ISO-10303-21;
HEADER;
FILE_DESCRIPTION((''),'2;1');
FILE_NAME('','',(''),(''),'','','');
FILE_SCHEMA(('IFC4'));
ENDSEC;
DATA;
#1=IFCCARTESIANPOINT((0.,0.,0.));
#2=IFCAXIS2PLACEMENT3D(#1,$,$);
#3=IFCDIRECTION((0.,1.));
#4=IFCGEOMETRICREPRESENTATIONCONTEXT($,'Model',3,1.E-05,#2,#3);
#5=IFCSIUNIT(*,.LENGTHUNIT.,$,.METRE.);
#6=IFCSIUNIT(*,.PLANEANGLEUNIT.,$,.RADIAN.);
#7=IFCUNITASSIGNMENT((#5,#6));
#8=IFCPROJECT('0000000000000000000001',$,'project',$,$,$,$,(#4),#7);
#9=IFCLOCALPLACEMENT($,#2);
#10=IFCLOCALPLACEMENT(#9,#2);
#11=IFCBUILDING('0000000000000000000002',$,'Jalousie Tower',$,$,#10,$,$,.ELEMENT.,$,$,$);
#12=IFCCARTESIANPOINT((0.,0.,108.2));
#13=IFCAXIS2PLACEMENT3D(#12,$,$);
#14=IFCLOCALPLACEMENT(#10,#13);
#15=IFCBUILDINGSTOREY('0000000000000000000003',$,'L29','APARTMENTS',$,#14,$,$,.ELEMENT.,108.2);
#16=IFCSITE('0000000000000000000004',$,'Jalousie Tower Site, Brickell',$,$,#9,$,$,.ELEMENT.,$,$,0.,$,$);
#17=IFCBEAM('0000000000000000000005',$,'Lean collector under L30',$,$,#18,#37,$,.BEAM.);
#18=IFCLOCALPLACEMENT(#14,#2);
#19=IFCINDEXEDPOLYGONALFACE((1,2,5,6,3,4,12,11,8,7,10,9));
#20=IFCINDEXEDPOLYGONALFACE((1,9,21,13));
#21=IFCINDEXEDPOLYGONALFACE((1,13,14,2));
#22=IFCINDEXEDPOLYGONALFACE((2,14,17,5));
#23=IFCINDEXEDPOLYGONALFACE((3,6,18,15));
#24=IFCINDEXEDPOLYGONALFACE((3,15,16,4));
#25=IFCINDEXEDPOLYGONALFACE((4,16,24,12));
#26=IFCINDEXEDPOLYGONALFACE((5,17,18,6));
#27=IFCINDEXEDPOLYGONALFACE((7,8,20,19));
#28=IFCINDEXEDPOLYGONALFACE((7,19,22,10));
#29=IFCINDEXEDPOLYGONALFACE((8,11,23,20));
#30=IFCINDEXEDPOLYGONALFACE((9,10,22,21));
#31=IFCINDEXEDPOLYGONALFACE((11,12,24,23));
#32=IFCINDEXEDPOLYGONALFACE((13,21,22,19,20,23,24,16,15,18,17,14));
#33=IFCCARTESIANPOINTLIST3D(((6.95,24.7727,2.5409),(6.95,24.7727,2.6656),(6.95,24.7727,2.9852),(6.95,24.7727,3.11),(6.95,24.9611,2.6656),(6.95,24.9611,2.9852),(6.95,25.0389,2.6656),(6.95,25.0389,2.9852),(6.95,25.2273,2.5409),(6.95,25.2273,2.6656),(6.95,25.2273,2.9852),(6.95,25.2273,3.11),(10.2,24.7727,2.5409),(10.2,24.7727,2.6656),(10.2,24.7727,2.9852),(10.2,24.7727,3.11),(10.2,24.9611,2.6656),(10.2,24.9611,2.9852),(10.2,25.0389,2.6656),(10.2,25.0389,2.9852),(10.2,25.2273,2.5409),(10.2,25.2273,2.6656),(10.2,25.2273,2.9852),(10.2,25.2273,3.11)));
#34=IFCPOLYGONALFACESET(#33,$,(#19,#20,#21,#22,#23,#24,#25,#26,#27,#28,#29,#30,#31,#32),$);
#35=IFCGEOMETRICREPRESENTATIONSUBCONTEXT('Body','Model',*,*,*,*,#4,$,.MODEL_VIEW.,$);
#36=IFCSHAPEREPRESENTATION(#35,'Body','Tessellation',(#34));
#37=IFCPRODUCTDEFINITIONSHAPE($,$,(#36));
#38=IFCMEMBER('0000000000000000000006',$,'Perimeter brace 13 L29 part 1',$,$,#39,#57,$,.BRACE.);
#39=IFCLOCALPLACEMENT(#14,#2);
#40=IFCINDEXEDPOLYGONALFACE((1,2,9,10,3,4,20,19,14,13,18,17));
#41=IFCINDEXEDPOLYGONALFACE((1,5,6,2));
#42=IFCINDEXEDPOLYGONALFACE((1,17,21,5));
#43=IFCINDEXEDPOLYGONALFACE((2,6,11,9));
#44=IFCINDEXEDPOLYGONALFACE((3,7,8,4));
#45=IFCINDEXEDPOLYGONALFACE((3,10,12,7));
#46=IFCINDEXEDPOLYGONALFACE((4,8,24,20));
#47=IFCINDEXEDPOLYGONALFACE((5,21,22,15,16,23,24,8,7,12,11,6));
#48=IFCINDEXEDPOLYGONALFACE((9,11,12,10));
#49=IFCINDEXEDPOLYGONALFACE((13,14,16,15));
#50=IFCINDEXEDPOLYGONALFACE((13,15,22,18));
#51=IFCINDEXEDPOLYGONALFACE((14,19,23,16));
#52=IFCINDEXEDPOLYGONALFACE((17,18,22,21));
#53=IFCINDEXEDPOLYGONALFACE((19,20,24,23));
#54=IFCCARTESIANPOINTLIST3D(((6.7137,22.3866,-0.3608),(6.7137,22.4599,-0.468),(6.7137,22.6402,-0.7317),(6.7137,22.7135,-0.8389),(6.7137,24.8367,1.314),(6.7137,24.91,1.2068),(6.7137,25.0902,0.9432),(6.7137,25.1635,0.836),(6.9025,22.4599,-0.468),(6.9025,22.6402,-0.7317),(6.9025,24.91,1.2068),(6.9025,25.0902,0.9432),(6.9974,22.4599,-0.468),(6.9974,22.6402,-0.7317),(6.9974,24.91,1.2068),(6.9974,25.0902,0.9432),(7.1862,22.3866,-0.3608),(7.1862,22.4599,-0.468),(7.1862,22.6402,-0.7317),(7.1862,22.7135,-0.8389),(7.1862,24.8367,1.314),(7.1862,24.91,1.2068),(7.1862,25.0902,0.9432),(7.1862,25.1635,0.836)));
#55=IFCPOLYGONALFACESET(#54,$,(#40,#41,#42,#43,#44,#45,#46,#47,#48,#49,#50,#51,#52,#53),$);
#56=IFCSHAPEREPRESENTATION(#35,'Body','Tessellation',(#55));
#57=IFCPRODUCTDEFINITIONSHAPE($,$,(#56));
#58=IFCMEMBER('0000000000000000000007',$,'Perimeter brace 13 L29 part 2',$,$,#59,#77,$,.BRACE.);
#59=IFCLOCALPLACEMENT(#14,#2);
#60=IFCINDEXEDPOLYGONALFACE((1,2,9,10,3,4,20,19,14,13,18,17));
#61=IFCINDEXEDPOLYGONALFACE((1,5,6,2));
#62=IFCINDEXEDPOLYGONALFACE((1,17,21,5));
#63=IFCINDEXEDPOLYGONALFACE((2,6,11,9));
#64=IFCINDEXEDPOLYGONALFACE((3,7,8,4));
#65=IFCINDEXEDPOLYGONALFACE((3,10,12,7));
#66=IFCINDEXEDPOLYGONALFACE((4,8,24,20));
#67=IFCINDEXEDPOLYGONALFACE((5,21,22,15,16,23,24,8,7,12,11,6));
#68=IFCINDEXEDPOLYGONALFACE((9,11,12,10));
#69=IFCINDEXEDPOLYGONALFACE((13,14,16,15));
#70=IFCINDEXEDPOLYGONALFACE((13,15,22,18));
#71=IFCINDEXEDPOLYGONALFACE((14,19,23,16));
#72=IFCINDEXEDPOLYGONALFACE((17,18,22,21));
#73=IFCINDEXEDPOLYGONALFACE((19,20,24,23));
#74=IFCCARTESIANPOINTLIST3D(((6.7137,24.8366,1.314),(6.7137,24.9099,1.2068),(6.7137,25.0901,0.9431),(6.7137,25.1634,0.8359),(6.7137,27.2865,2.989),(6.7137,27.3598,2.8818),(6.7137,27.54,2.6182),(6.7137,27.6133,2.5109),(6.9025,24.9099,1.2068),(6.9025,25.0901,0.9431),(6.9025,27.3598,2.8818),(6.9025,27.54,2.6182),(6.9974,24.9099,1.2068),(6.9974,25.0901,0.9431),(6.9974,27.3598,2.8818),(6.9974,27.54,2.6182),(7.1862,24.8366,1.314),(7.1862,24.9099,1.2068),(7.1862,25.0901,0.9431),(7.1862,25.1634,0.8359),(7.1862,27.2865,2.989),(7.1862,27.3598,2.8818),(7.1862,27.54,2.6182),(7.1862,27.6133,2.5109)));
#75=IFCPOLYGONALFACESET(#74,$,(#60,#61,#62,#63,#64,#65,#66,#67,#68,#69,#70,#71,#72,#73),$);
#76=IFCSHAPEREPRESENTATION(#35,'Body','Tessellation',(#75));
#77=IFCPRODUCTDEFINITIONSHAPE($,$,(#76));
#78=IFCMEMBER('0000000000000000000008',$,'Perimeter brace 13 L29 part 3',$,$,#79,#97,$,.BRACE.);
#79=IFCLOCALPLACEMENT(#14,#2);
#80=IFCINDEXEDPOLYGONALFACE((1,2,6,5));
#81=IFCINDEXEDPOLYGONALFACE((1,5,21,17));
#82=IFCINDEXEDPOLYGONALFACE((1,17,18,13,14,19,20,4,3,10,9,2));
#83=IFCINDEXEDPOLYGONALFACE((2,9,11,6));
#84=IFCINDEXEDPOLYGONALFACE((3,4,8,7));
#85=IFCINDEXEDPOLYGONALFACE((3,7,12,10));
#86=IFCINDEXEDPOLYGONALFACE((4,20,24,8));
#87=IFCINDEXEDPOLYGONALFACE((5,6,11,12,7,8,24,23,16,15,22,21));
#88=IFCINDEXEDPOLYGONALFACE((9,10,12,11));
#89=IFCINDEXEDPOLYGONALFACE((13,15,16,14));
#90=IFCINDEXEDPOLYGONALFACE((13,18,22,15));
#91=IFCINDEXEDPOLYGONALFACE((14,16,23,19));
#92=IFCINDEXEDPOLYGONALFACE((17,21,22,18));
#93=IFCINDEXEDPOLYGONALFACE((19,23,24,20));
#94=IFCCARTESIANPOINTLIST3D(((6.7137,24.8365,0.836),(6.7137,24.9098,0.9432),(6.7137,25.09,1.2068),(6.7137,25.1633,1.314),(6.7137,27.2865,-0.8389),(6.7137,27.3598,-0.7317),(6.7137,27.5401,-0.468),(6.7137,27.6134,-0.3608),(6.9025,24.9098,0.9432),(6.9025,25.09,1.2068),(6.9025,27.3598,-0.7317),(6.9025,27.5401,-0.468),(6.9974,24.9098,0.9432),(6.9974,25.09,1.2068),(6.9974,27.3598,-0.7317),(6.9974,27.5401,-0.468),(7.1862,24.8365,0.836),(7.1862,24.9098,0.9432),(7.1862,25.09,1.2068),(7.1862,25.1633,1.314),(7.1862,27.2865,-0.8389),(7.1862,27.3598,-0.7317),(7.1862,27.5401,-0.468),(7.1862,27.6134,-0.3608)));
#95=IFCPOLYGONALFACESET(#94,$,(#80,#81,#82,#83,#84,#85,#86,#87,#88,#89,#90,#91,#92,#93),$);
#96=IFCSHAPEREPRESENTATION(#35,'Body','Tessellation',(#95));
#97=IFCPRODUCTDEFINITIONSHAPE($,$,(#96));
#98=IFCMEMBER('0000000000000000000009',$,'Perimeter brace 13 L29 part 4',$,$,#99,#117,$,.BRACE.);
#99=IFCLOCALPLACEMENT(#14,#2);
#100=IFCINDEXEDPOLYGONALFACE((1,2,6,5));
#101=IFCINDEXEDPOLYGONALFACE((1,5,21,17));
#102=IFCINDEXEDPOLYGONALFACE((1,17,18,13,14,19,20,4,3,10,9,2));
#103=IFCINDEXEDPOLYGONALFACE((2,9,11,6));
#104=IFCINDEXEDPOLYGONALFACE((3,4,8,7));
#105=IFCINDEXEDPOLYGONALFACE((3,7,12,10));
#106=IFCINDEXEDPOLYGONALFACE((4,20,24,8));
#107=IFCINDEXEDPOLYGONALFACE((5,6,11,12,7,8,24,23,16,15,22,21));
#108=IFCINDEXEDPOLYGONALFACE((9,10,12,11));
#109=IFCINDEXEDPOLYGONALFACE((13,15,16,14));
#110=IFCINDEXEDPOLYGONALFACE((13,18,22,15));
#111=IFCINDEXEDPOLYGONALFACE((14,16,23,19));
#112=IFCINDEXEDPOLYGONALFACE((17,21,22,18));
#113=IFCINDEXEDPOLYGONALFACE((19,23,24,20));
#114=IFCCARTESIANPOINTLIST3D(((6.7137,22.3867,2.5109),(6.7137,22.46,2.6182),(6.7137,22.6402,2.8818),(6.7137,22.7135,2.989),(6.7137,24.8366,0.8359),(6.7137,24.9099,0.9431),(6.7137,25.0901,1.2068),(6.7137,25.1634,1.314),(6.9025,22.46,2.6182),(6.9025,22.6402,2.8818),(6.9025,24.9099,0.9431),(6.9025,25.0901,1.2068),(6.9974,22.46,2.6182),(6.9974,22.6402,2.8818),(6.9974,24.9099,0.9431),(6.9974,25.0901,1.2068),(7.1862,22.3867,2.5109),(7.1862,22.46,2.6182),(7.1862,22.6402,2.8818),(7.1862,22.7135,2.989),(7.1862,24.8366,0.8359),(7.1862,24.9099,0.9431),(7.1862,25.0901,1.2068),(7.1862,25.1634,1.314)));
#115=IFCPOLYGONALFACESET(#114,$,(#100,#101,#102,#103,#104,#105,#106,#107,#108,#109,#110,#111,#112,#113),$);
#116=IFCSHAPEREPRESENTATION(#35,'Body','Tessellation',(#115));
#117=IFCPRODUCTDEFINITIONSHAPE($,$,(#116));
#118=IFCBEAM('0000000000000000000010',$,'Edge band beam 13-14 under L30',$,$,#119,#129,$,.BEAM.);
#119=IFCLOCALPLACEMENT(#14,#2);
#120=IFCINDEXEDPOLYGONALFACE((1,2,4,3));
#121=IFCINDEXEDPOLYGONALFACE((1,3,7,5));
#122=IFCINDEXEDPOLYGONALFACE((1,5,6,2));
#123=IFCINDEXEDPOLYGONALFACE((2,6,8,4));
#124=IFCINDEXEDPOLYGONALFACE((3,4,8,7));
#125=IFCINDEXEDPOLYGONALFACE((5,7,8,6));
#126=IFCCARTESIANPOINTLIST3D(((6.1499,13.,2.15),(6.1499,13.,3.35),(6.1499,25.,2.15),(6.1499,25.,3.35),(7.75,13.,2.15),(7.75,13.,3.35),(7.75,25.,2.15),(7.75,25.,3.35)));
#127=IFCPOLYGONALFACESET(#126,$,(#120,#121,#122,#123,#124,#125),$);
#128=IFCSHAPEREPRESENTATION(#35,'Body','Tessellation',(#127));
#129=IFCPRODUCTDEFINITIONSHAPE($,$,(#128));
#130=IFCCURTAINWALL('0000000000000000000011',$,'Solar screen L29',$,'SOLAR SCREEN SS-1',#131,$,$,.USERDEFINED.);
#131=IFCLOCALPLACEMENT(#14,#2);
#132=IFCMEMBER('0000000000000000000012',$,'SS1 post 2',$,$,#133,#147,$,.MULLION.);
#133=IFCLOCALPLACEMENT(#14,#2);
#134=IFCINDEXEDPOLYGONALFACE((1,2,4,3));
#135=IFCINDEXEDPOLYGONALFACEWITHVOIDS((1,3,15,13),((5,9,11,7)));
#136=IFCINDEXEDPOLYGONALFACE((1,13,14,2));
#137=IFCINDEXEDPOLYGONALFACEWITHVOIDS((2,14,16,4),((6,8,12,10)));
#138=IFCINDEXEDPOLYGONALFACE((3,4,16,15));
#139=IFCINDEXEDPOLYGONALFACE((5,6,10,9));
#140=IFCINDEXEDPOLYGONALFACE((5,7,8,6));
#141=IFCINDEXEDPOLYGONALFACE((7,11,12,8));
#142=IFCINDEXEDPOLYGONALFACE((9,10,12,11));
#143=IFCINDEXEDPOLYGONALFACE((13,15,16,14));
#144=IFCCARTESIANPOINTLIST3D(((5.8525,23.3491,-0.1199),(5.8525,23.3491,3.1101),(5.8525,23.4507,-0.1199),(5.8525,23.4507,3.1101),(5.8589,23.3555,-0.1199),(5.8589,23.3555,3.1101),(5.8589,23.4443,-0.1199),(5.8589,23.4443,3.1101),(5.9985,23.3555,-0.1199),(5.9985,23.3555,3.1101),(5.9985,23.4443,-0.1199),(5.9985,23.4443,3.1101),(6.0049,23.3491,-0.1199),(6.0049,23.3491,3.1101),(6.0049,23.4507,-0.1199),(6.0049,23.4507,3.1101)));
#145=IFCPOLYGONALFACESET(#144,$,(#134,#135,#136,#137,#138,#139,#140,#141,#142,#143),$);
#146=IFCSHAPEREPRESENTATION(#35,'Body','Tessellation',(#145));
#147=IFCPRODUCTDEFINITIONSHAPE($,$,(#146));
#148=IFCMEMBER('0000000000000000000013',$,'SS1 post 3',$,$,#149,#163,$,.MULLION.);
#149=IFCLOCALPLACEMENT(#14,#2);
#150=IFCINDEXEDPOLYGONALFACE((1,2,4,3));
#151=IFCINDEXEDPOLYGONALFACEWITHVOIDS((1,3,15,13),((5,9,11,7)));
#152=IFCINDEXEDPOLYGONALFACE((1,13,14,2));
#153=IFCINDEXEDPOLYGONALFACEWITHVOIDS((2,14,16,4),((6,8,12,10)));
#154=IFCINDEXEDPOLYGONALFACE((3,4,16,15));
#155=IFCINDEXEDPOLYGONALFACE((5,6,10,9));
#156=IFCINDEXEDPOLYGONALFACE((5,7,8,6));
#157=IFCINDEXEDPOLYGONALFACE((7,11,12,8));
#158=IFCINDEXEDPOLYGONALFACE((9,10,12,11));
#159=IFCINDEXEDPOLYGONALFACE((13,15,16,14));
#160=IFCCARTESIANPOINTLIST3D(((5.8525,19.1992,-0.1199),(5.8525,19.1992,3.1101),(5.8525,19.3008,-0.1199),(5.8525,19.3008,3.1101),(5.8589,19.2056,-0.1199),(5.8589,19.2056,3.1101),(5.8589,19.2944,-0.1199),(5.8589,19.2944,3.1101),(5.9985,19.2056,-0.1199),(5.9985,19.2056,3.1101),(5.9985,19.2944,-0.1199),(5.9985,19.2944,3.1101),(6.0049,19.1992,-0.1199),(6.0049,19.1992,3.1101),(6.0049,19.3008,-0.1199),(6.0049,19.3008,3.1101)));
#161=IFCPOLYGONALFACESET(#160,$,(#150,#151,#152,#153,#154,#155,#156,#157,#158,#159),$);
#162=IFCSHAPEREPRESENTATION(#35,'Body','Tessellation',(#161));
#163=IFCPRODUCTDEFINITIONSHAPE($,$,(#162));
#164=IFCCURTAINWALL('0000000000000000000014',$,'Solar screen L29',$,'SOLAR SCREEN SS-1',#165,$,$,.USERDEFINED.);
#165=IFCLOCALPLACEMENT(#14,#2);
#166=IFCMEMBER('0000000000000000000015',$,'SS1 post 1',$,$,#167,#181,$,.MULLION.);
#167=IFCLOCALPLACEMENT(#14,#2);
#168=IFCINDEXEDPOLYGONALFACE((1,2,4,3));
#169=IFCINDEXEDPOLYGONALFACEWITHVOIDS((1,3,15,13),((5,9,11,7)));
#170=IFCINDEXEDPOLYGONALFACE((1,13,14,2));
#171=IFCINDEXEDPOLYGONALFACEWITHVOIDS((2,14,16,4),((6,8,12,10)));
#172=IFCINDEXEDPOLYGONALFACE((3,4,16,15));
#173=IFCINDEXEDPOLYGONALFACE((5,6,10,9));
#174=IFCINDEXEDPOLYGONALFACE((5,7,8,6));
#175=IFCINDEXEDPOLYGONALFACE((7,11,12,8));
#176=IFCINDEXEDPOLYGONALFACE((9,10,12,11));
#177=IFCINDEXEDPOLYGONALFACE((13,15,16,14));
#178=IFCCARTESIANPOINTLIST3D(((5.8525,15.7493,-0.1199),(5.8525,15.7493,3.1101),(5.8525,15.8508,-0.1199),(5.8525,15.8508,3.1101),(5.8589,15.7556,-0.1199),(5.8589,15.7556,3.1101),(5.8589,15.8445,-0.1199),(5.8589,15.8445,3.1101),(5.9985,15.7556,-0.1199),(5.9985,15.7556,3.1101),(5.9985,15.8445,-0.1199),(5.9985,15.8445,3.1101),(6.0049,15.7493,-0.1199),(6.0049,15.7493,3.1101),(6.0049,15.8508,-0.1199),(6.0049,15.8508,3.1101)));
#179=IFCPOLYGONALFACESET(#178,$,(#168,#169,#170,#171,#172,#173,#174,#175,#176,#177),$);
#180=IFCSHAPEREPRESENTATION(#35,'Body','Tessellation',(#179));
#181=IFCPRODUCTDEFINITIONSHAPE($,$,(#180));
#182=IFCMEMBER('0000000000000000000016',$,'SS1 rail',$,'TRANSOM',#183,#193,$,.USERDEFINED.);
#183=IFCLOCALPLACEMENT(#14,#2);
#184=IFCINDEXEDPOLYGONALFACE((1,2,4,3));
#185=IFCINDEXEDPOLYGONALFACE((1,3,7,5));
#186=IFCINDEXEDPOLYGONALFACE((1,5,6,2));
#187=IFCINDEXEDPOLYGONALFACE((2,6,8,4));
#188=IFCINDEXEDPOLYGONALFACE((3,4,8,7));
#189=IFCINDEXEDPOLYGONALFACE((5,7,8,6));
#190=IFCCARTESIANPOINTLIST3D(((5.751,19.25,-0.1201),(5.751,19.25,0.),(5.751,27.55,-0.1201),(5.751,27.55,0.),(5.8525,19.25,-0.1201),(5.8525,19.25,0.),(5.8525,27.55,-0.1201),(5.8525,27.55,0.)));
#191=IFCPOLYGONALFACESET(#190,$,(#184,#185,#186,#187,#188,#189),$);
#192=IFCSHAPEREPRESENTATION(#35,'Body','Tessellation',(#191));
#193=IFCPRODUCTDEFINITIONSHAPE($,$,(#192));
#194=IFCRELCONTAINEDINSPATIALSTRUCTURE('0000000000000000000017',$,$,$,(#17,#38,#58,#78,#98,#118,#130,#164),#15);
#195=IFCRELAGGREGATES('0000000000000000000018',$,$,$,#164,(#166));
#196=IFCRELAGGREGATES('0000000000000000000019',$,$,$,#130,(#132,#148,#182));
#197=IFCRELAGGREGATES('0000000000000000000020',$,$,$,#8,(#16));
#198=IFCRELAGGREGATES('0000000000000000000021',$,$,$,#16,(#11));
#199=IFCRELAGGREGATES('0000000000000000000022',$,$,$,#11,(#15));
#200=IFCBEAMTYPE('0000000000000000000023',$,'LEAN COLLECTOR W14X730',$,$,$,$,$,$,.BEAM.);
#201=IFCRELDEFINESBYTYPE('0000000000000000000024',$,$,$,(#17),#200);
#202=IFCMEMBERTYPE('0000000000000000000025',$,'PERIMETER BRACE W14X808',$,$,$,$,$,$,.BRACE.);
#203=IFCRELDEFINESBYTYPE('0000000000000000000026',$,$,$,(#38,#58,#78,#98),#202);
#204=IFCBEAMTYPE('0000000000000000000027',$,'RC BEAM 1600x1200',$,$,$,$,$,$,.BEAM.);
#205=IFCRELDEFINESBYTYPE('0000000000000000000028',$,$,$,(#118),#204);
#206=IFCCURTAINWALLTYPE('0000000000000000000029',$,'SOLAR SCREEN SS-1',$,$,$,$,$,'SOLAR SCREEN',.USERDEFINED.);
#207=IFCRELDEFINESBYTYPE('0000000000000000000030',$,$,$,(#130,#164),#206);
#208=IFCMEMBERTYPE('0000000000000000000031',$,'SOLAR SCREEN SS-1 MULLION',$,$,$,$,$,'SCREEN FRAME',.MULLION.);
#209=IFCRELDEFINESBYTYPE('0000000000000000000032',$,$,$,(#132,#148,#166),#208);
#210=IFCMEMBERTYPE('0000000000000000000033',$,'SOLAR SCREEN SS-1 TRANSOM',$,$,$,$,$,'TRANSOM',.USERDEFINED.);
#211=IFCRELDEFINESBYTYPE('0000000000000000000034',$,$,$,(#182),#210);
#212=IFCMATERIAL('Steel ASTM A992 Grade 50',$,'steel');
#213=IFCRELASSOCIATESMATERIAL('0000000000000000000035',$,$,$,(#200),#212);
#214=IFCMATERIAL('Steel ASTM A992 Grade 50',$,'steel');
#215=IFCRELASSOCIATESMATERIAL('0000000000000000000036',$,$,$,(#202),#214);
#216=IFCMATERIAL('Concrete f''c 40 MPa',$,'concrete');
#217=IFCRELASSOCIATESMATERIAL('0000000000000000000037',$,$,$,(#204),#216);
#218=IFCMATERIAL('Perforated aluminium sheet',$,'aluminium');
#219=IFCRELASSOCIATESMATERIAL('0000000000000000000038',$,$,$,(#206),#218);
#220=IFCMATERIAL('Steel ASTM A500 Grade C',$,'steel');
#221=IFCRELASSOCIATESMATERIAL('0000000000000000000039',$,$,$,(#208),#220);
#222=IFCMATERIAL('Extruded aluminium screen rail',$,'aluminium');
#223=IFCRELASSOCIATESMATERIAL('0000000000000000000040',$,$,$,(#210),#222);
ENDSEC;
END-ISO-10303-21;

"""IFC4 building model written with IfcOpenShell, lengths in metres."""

from ifc_helpers import new_model, si_unit, direction, frame, origin, origin_2d, place, context, subcontext, project, spatial, rectangle, hollow_rectangle, i_section, extrude, material, material_profile, profile_set, type_object, element, aggregate, save


model = new_model("IFC4")

# Units and contexts
model_context = context("Model", 3, precision=1e-05, world=origin(), true_north=direction((0.0, 1.0)))
body_context = subcontext(model_context, "Body", "Model", "MODEL_VIEW")
ifc_project = project(units=[si_unit("LENGTHUNIT", "METRE"), si_unit("PLANEANGLEUNIT", "RADIAN")], contexts=[model_context])

# Site, building, storey
site_placement = place(None, origin())
site = spatial("IfcSite", under=ifc_project, at=site_placement, Name="Jalousie Tower Site, Brickell", CompositionType="ELEMENT", RefElevation=0.0)
building_placement = place(site_placement, origin())
building = spatial("IfcBuilding", under=site, at=building_placement, Name="Jalousie Tower", CompositionType="ELEMENT")
storey_placement = place(building_placement, frame((0.0, 0.0, 108.2)))
storey = spatial("IfcBuildingStorey", under=building, at=storey_placement, Name="L29", Description="APARTMENTS", CompositionType="ELEMENT", Elevation=108.2)

# Beam
ifc_material_1 = material(Name="Steel ASTM A992 Grade 50", Category="steel")
ifc_material_profile_1 = material_profile(ifc_material_1, i_section(OverallWidth=0.4546, OverallDepth=0.5691, WebThickness=0.0779, FlangeThickness=0.1248, at=origin_2d()), Name="W14X730")
ifc_profile_set_1 = profile_set([ifc_material_profile_1], Name="Steel ASTM A992 Grade 50")
beam_type_1 = type_object("IfcBeamType", Name="LEAN COLLECTOR W14X730", PredefinedType="BEAM", material=ifc_profile_set_1)
beam_1_placement = place(storey_placement, frame((6.95, 25.0, 2.8254), z_axis=(1.0, 0.0, 0.0), x_axis=(0.0, 1.0, 0.0)))
element("IfcBeam", 1, at=beam_1_placement, inside=storey, type_object=beam_type_1, Name="Lean collector under L30", PredefinedType="BEAM", context=body_context, shape_type="SweptSolid", body=[
    extrude(i_section(OverallWidth=0.4546, OverallDepth=0.5691, WebThickness=0.0779, FlangeThickness=0.1248, at=origin_2d()), origin(), (0.0, 0.0, 1.0), 3.25),
])

# Members
ifc_material_2 = material(Name="Steel ASTM A992 Grade 50", Category="steel")
ifc_material_profile_2 = material_profile(ifc_material_2, i_section(OverallWidth=0.4724, OverallDepth=0.5791, WebThickness=0.095, FlangeThickness=0.1299, at=origin_2d()), Name="W14X808")
ifc_profile_set_2 = profile_set([ifc_material_profile_2], Name="Steel ASTM A992 Grade 50")
member_type_1 = type_object("IfcMemberType", Name="PERIMETER BRACE W14X808", PredefinedType="BRACE", material=ifc_profile_set_2)
for number, where, z_axis, x_axis, name in (
    (2, (6.95, 22.55, -0.5999), (0.0, 0.825539, 0.564345), (-1.0, 0.0, 0.0), "Perimeter brace 13 L29 part 1"),
    (3, (6.95, 25.0, 1.075), (0.0, 0.825501, 0.564401), (-1.0, 0.0, 0.0), "Perimeter brace 13 L29 part 2"),
    (4, (6.95, 27.45, -0.5999), (0.0, -0.825539, 0.564345), (1.0, 0.0, 0.0), "Perimeter brace 13 L29 part 3"),
    (5, (6.95, 25.0, 1.075), (0.0, -0.825501, 0.564401), (1.0, 0.0, 0.0), "Perimeter brace 13 L29 part 4"),
):
    element("IfcMember", number, at=place(storey_placement, frame(where, z_axis=z_axis, x_axis=x_axis)), inside=storey, type_object=member_type_1, Name=name, PredefinedType="BRACE", context=body_context, shape_type="SweptSolid", body=[
        extrude(i_section(OverallWidth=0.4724, OverallDepth=0.5791, WebThickness=0.095, FlangeThickness=0.1299, at=origin_2d()), origin(), (0.0, 0.0, 1.0), 2.9678),
    ])

# Beam
ifc_material_3 = material(Name="Concrete f'c 40 MPa", Category="concrete")
ifc_material_profile_3 = material_profile(ifc_material_3, rectangle(XDim=1.6001, YDim=1.2, at=origin_2d()), Name="RC 1600x1200")
ifc_profile_set_3 = profile_set([ifc_material_profile_3], Name="Concrete f'c 40 MPa")
beam_type_2 = type_object("IfcBeamType", Name="RC BEAM 1600x1200", PredefinedType="BEAM", material=ifc_profile_set_3)
beam_2_placement = place(storey_placement, frame((6.95, 25.0, 2.75), z_axis=(0.0, -1.0, 0.0), x_axis=(1.0, 0.0, 0.0)))
element("IfcBeam", 6, at=beam_2_placement, inside=storey, type_object=beam_type_2, Name="Edge band beam 13-14 under L30", PredefinedType="BEAM", context=body_context, shape_type="SweptSolid", body=[
    extrude(rectangle(XDim=1.6001, YDim=1.2, at=origin_2d()), origin(), (0.0, 0.0, 1.0), 12.0),
])

# Curtain wall, members
ifc_material_4 = material(Name="Perforated aluminium sheet", Category="aluminium")
curtain_wall_type = type_object("IfcCurtainWallType", Name="SOLAR SCREEN SS-1", ElementType="SOLAR SCREEN", PredefinedType="USERDEFINED", material=ifc_material_4)
curtain_wall_1_placement = place(storey_placement, origin())
curtain_wall_1 = element("IfcCurtainWall", 7, at=curtain_wall_1_placement, inside=storey, type_object=curtain_wall_type, Name="Solar screen L29", ObjectType="SOLAR SCREEN SS-1", PredefinedType="USERDEFINED")
ifc_material_5 = material(Name="Steel ASTM A500 Grade C", Category="steel")
ifc_material_profile_4 = material_profile(ifc_material_5, hollow_rectangle(XDim=0.1016, YDim=0.1523, WallThickness=0.0063, at=origin_2d()), Name="HSS6X4X1/4")
ifc_profile_set_4 = profile_set([ifc_material_profile_4], Name="Steel ASTM A500 Grade C")
member_type_2 = type_object("IfcMemberType", Name="SOLAR SCREEN SS-1 MULLION", ElementType="SCREEN FRAME", PredefinedType="MULLION", material=ifc_profile_set_4)
member_1_placement = place(storey_placement, frame((5.9287, 23.3999, -0.1199), z_axis=(0.0, 0.0, 1.0), x_axis=(0.0, -1.0, 0.0)))
member_1 = element("IfcMember", 8, at=member_1_placement, type_object=member_type_2, Name="SS1 post 2", PredefinedType="MULLION", context=body_context, shape_type="SweptSolid", body=[
    extrude(hollow_rectangle(XDim=0.1016, YDim=0.1523, WallThickness=0.0063, at=origin_2d()), origin(), (0.0, 0.0, 1.0), 3.23),
])
member_2_placement = place(storey_placement, frame((5.9287, 19.25, -0.1199), z_axis=(0.0, 0.0, 1.0), x_axis=(0.0, -1.0, 0.0)))
member_2 = element("IfcMember", 9, at=member_2_placement, type_object=member_type_2, Name="SS1 post 3", PredefinedType="MULLION", context=body_context, shape_type="SweptSolid", body=[
    extrude(hollow_rectangle(XDim=0.1016, YDim=0.1523, WallThickness=0.0063, at=origin_2d()), origin(), (0.0, 0.0, 1.0), 3.23),
])

# Curtain wall, member
curtain_wall_2_placement = place(storey_placement, origin())
curtain_wall_2 = element("IfcCurtainWall", 10, at=curtain_wall_2_placement, inside=storey, type_object=curtain_wall_type, Name="Solar screen L29", ObjectType="SOLAR SCREEN SS-1", PredefinedType="USERDEFINED")
member_3_placement = place(storey_placement, frame((5.9287, 15.8, -0.1199), z_axis=(0.0, 0.0, 1.0), x_axis=(0.0, -1.0, 0.0)))
member_3 = element("IfcMember", 11, at=member_3_placement, type_object=member_type_2, Name="SS1 post 1", PredefinedType="MULLION", context=body_context, shape_type="SweptSolid", body=[
    extrude(hollow_rectangle(XDim=0.1016, YDim=0.1523, WallThickness=0.0063, at=origin_2d()), origin(), (0.0, 0.0, 1.0), 3.23),
])

# Member
ifc_material_6 = material(Name="Extruded aluminium screen rail", Category="aluminium")
ifc_material_profile_5 = material_profile(ifc_material_6, rectangle(XDim=0.1016, YDim=0.1201, at=origin_2d()), Name="RAIL 102x120")
ifc_profile_set_5 = profile_set([ifc_material_profile_5], Name="Extruded aluminium screen rail")
member_type_3 = type_object("IfcMemberType", Name="SOLAR SCREEN SS-1 TRANSOM", ElementType="TRANSOM", PredefinedType="USERDEFINED", material=ifc_profile_set_5)
member_4_placement = place(storey_placement, frame((5.8018, 27.55, -0.0601), z_axis=(0.0, -1.0, 0.0), x_axis=(1.0, 0.0, 0.0)))
member_4 = element("IfcMember", 12, at=member_4_placement, type_object=member_type_3, Name="SS1 rail", ObjectType="TRANSOM", PredefinedType="USERDEFINED", context=body_context, shape_type="SweptSolid", body=[
    extrude(rectangle(XDim=0.1016, YDim=0.1201, at=origin_2d()), origin(), (0.0, 0.0, 1.0), 8.3),
])
aggregate(curtain_wall_2, [member_3])

aggregate(curtain_wall_1, [member_1, member_2, member_4])

save(model, "model.ifc")
